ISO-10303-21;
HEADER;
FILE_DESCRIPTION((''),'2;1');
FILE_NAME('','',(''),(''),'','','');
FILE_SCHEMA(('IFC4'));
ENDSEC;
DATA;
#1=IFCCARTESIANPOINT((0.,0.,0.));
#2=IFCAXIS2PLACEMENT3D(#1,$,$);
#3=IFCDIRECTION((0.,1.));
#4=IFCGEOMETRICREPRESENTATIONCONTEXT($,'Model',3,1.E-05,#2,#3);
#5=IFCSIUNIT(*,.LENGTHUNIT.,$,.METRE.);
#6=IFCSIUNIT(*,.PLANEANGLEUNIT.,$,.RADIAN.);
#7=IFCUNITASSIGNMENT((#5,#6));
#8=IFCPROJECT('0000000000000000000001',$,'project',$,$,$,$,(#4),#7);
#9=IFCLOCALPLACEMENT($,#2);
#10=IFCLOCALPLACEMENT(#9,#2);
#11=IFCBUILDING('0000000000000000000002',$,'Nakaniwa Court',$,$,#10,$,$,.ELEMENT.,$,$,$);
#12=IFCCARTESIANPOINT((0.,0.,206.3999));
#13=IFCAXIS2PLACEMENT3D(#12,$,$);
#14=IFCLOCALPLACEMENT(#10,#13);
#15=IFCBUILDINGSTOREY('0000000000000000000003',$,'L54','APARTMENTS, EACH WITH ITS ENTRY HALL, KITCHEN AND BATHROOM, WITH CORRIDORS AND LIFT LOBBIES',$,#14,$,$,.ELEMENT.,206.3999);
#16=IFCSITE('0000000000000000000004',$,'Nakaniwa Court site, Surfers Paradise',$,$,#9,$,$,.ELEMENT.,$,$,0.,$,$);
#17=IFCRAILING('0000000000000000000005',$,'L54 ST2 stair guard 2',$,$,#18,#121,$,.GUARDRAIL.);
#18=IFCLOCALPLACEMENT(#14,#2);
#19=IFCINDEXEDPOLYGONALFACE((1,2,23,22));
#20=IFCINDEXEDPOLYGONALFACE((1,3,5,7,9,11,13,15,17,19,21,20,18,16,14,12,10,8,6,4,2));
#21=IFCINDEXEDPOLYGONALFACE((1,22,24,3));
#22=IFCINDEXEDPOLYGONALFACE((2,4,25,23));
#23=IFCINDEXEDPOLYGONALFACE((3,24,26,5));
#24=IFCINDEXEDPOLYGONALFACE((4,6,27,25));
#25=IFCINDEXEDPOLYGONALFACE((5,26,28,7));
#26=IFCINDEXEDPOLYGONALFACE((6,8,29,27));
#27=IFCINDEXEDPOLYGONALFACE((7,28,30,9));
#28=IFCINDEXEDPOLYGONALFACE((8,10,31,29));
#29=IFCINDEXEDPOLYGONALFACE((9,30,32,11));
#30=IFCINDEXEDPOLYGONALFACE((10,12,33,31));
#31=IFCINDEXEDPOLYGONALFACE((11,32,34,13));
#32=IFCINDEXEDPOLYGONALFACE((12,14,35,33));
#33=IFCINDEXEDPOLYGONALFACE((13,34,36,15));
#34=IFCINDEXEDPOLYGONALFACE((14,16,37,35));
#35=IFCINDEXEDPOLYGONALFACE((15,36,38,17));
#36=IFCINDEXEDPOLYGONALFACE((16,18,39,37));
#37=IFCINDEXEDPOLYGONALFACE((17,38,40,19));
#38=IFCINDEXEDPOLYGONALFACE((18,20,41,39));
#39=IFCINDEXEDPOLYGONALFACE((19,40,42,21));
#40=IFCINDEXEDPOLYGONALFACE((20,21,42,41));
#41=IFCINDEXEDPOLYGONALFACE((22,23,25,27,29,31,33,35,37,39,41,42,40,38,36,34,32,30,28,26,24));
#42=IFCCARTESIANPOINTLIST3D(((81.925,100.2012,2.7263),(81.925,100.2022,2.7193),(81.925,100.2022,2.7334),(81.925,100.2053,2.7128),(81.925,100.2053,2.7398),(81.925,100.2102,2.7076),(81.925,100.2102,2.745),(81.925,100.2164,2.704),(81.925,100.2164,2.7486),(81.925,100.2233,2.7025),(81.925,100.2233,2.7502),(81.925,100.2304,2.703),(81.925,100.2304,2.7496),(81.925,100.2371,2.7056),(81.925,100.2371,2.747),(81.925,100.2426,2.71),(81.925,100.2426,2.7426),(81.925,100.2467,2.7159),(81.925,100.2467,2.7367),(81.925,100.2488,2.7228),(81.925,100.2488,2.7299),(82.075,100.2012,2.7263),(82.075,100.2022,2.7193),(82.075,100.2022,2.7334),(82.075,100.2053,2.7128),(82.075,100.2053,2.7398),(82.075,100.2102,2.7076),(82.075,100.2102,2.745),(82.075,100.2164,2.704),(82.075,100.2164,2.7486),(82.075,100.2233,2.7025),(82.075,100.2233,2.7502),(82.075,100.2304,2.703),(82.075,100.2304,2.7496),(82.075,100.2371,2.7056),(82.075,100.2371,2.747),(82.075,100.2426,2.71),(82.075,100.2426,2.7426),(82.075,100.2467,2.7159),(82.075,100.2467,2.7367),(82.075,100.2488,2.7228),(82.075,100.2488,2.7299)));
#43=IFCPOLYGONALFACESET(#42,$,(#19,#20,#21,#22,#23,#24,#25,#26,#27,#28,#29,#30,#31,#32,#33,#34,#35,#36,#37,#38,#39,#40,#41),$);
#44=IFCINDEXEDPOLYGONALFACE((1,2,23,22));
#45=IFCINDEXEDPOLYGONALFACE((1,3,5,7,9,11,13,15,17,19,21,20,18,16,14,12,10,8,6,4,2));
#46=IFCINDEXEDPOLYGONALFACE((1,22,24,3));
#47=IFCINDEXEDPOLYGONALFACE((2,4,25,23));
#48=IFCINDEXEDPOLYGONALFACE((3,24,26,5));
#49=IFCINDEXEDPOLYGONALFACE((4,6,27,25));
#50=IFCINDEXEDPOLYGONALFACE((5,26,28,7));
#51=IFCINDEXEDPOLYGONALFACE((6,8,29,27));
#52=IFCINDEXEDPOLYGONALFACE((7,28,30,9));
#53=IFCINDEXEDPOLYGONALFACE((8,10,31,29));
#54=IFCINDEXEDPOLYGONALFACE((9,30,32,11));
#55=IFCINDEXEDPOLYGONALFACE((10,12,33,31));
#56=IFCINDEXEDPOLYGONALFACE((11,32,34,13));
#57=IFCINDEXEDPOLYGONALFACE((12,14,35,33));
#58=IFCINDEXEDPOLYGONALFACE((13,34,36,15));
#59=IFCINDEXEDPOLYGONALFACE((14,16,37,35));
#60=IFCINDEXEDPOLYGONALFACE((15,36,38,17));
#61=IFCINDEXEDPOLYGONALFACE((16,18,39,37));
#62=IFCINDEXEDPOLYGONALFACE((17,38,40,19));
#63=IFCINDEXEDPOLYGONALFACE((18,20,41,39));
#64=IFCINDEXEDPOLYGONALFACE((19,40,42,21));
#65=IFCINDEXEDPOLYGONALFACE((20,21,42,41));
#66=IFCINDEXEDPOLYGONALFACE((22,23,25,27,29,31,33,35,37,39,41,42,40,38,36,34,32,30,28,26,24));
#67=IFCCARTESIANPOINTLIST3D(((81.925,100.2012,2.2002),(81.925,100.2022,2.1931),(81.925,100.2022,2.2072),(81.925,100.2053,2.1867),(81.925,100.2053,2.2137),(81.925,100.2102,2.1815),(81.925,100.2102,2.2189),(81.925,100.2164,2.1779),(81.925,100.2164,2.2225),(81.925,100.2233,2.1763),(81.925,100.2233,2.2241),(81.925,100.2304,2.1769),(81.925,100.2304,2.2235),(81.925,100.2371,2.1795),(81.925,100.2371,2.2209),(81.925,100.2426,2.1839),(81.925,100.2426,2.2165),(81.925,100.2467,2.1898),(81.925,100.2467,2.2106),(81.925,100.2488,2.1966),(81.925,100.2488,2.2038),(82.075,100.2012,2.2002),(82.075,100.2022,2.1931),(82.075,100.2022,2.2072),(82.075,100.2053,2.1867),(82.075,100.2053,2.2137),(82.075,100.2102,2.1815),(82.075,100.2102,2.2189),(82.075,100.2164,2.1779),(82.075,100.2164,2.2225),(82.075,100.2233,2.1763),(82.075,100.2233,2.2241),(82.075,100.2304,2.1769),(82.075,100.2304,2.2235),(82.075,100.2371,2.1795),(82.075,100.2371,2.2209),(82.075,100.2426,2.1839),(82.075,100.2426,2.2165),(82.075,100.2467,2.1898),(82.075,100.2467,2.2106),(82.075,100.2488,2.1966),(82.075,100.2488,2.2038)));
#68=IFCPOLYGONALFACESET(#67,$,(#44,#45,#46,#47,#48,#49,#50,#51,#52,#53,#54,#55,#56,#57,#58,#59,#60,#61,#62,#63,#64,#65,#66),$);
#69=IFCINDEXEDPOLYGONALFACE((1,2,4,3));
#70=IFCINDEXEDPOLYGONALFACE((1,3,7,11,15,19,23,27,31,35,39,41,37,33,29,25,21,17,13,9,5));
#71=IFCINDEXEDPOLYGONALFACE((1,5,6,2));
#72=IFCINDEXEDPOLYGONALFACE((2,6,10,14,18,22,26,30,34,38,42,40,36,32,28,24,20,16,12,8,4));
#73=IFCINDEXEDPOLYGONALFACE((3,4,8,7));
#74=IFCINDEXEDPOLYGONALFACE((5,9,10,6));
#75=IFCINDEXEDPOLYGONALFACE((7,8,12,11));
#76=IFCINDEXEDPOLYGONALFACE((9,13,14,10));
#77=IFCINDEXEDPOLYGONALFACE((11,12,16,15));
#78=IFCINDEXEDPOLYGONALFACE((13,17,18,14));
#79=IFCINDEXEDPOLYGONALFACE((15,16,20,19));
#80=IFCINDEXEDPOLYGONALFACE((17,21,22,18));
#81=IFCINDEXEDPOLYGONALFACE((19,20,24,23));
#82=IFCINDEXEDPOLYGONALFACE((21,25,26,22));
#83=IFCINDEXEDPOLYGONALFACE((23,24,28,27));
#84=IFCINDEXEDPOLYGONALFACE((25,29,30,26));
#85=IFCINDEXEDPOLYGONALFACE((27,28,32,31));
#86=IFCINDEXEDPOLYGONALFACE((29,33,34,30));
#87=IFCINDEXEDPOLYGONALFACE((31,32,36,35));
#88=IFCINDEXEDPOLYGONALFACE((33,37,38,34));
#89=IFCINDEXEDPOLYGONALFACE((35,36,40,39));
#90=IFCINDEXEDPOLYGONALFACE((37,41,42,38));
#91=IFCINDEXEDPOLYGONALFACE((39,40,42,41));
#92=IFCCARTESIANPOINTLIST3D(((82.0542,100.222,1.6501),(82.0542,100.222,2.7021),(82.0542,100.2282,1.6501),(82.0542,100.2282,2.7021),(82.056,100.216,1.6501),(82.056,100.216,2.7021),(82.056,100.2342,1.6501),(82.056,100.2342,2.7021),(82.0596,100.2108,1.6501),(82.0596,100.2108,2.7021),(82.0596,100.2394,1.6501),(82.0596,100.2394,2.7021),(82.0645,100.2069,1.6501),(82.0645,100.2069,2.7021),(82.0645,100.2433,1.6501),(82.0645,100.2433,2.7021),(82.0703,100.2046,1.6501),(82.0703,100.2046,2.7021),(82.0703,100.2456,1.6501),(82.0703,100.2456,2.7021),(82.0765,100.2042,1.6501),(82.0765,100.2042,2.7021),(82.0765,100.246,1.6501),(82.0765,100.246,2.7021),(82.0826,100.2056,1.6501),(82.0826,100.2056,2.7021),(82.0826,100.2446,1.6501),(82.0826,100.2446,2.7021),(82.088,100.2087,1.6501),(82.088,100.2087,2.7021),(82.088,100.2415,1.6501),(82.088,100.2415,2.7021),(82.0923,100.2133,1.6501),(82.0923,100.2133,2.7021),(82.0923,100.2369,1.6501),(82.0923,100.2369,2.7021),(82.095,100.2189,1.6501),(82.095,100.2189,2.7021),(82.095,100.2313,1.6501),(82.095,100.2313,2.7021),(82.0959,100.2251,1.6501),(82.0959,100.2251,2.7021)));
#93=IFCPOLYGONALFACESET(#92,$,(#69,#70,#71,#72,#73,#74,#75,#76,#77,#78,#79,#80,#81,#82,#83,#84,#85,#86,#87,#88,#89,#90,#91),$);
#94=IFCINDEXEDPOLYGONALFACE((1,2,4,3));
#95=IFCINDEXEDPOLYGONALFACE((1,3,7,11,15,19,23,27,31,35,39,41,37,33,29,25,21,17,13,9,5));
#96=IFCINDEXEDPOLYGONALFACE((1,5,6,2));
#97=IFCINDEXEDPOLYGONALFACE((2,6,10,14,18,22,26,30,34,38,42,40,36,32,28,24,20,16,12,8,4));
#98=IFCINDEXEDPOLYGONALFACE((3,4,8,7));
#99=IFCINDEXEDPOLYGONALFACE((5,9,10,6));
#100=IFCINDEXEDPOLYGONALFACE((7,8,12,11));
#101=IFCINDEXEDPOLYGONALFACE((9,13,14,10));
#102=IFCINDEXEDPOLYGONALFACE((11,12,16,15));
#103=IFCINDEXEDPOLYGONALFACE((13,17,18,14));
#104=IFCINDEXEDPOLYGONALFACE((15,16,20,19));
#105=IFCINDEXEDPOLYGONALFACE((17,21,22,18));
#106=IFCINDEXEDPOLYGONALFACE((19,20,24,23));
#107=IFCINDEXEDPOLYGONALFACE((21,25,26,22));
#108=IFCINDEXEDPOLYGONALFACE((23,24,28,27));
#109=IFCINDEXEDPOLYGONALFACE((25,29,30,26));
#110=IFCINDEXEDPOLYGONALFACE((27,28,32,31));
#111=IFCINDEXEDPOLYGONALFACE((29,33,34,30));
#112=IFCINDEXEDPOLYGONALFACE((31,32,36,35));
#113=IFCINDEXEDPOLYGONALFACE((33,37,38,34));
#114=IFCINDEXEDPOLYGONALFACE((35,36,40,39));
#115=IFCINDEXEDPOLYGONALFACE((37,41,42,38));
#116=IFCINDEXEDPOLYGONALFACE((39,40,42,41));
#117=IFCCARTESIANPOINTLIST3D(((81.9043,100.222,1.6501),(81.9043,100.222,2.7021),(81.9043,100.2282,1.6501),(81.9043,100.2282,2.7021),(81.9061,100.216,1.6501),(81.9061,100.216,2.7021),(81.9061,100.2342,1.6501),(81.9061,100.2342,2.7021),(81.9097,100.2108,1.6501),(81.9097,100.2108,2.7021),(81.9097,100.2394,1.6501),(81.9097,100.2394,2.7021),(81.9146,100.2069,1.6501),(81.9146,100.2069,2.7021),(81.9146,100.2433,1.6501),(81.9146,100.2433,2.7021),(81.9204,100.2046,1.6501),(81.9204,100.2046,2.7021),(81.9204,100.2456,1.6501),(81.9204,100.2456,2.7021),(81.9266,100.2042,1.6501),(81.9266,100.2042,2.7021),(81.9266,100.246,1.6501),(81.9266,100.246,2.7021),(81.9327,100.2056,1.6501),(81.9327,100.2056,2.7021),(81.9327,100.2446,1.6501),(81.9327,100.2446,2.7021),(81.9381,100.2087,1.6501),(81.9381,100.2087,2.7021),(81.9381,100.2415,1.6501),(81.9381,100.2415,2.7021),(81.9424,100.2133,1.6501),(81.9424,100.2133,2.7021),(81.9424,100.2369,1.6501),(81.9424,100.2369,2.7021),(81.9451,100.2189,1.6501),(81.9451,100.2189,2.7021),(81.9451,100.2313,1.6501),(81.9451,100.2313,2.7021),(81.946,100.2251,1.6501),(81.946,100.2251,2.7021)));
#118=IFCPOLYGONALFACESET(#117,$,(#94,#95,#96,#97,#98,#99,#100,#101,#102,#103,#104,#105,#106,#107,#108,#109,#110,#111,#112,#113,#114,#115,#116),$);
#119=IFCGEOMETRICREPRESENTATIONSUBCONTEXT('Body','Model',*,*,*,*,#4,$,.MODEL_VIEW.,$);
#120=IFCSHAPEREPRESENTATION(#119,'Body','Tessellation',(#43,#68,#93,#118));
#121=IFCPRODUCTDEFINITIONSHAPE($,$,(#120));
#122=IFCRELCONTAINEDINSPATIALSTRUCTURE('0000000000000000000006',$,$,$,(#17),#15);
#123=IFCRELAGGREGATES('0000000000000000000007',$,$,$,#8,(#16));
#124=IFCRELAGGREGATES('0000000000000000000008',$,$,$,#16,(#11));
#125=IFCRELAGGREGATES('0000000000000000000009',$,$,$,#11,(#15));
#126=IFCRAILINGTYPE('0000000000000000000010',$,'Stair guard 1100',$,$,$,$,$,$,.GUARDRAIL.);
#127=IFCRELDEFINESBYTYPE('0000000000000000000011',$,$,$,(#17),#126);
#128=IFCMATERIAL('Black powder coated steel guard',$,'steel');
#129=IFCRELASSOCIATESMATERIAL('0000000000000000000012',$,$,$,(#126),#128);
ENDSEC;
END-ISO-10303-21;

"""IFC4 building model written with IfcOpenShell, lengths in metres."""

from ifc_helpers import new_model, si_unit, direction, frame, origin, origin_2d, place, context, subcontext, project, spatial, circle, extrude, material, type_object, element, save


model = new_model("IFC4")

# Units and contexts
model_context = context("Model", 3, precision=1e-05, world=origin(), true_north=direction((0.0, 1.0)))
body_context = subcontext(model_context, "Body", "Model", "MODEL_VIEW")
ifc_project = project(units=[si_unit("LENGTHUNIT", "METRE"), si_unit("PLANEANGLEUNIT", "RADIAN")], contexts=[model_context])

# Site, building, storey
site_placement = place(None, origin())
site = spatial("IfcSite", under=ifc_project, at=site_placement, Name="Nakaniwa Court site, Surfers Paradise", CompositionType="ELEMENT", RefElevation=0.0)
building_placement = place(site_placement, origin())
building = spatial("IfcBuilding", under=site, at=building_placement, Name="Nakaniwa Court", CompositionType="ELEMENT")
storey_placement = place(building_placement, frame((0.0, 0.0, 206.3999)))
storey = spatial("IfcBuildingStorey", under=building, at=storey_placement, Name="L54", Description="APARTMENTS, EACH WITH ITS ENTRY HALL, KITCHEN AND BATHROOM, WITH CORRIDORS AND LIFT LOBBIES", CompositionType="ELEMENT", Elevation=206.3999)

# Railing
ifc_material_1 = material(Name="Black powder coated steel guard", Category="steel")
railing_type_1 = type_object("IfcRailingType", Name="Stair guard 1100", PredefinedType="GUARDRAIL", material=ifc_material_1)
railing_1_placement = place(storey_placement, frame((82.075, 100.2251, 1.6501)))
element("IfcRailing", 1, at=railing_1_placement, inside=storey, type_object=railing_type_1, Name="L54 ST2 stair guard 2", PredefinedType="GUARDRAIL", context=body_context, shape_type="SweptSolid", body=[
    extrude(circle(Radius=0.0239, at=origin_2d()), frame((0.0, 0.0, 1.0762), z_axis=(-1.0, 0.0, 0.0), x_axis=(0.0, -1.0, 0.0)), (0.0, 0.0, 1.0), 0.1499),
    extrude(circle(Radius=0.0239, at=origin_2d()), frame((0.0, 0.0, 0.55), z_axis=(-1.0, 0.0, 0.0), x_axis=(0.0, -1.0, 0.0)), (0.0, 0.0, 1.0), 0.1499),
    extrude(circle(Radius=0.021, at=origin_2d()), origin(), (0.0, 0.0, 1.0), 1.052),
    extrude(circle(Radius=0.021, at=origin_2d()), frame((-0.1499, 0.0, 0.0)), (0.0, 0.0, 1.0), 1.052),
])

save(model, "model.ifc")
